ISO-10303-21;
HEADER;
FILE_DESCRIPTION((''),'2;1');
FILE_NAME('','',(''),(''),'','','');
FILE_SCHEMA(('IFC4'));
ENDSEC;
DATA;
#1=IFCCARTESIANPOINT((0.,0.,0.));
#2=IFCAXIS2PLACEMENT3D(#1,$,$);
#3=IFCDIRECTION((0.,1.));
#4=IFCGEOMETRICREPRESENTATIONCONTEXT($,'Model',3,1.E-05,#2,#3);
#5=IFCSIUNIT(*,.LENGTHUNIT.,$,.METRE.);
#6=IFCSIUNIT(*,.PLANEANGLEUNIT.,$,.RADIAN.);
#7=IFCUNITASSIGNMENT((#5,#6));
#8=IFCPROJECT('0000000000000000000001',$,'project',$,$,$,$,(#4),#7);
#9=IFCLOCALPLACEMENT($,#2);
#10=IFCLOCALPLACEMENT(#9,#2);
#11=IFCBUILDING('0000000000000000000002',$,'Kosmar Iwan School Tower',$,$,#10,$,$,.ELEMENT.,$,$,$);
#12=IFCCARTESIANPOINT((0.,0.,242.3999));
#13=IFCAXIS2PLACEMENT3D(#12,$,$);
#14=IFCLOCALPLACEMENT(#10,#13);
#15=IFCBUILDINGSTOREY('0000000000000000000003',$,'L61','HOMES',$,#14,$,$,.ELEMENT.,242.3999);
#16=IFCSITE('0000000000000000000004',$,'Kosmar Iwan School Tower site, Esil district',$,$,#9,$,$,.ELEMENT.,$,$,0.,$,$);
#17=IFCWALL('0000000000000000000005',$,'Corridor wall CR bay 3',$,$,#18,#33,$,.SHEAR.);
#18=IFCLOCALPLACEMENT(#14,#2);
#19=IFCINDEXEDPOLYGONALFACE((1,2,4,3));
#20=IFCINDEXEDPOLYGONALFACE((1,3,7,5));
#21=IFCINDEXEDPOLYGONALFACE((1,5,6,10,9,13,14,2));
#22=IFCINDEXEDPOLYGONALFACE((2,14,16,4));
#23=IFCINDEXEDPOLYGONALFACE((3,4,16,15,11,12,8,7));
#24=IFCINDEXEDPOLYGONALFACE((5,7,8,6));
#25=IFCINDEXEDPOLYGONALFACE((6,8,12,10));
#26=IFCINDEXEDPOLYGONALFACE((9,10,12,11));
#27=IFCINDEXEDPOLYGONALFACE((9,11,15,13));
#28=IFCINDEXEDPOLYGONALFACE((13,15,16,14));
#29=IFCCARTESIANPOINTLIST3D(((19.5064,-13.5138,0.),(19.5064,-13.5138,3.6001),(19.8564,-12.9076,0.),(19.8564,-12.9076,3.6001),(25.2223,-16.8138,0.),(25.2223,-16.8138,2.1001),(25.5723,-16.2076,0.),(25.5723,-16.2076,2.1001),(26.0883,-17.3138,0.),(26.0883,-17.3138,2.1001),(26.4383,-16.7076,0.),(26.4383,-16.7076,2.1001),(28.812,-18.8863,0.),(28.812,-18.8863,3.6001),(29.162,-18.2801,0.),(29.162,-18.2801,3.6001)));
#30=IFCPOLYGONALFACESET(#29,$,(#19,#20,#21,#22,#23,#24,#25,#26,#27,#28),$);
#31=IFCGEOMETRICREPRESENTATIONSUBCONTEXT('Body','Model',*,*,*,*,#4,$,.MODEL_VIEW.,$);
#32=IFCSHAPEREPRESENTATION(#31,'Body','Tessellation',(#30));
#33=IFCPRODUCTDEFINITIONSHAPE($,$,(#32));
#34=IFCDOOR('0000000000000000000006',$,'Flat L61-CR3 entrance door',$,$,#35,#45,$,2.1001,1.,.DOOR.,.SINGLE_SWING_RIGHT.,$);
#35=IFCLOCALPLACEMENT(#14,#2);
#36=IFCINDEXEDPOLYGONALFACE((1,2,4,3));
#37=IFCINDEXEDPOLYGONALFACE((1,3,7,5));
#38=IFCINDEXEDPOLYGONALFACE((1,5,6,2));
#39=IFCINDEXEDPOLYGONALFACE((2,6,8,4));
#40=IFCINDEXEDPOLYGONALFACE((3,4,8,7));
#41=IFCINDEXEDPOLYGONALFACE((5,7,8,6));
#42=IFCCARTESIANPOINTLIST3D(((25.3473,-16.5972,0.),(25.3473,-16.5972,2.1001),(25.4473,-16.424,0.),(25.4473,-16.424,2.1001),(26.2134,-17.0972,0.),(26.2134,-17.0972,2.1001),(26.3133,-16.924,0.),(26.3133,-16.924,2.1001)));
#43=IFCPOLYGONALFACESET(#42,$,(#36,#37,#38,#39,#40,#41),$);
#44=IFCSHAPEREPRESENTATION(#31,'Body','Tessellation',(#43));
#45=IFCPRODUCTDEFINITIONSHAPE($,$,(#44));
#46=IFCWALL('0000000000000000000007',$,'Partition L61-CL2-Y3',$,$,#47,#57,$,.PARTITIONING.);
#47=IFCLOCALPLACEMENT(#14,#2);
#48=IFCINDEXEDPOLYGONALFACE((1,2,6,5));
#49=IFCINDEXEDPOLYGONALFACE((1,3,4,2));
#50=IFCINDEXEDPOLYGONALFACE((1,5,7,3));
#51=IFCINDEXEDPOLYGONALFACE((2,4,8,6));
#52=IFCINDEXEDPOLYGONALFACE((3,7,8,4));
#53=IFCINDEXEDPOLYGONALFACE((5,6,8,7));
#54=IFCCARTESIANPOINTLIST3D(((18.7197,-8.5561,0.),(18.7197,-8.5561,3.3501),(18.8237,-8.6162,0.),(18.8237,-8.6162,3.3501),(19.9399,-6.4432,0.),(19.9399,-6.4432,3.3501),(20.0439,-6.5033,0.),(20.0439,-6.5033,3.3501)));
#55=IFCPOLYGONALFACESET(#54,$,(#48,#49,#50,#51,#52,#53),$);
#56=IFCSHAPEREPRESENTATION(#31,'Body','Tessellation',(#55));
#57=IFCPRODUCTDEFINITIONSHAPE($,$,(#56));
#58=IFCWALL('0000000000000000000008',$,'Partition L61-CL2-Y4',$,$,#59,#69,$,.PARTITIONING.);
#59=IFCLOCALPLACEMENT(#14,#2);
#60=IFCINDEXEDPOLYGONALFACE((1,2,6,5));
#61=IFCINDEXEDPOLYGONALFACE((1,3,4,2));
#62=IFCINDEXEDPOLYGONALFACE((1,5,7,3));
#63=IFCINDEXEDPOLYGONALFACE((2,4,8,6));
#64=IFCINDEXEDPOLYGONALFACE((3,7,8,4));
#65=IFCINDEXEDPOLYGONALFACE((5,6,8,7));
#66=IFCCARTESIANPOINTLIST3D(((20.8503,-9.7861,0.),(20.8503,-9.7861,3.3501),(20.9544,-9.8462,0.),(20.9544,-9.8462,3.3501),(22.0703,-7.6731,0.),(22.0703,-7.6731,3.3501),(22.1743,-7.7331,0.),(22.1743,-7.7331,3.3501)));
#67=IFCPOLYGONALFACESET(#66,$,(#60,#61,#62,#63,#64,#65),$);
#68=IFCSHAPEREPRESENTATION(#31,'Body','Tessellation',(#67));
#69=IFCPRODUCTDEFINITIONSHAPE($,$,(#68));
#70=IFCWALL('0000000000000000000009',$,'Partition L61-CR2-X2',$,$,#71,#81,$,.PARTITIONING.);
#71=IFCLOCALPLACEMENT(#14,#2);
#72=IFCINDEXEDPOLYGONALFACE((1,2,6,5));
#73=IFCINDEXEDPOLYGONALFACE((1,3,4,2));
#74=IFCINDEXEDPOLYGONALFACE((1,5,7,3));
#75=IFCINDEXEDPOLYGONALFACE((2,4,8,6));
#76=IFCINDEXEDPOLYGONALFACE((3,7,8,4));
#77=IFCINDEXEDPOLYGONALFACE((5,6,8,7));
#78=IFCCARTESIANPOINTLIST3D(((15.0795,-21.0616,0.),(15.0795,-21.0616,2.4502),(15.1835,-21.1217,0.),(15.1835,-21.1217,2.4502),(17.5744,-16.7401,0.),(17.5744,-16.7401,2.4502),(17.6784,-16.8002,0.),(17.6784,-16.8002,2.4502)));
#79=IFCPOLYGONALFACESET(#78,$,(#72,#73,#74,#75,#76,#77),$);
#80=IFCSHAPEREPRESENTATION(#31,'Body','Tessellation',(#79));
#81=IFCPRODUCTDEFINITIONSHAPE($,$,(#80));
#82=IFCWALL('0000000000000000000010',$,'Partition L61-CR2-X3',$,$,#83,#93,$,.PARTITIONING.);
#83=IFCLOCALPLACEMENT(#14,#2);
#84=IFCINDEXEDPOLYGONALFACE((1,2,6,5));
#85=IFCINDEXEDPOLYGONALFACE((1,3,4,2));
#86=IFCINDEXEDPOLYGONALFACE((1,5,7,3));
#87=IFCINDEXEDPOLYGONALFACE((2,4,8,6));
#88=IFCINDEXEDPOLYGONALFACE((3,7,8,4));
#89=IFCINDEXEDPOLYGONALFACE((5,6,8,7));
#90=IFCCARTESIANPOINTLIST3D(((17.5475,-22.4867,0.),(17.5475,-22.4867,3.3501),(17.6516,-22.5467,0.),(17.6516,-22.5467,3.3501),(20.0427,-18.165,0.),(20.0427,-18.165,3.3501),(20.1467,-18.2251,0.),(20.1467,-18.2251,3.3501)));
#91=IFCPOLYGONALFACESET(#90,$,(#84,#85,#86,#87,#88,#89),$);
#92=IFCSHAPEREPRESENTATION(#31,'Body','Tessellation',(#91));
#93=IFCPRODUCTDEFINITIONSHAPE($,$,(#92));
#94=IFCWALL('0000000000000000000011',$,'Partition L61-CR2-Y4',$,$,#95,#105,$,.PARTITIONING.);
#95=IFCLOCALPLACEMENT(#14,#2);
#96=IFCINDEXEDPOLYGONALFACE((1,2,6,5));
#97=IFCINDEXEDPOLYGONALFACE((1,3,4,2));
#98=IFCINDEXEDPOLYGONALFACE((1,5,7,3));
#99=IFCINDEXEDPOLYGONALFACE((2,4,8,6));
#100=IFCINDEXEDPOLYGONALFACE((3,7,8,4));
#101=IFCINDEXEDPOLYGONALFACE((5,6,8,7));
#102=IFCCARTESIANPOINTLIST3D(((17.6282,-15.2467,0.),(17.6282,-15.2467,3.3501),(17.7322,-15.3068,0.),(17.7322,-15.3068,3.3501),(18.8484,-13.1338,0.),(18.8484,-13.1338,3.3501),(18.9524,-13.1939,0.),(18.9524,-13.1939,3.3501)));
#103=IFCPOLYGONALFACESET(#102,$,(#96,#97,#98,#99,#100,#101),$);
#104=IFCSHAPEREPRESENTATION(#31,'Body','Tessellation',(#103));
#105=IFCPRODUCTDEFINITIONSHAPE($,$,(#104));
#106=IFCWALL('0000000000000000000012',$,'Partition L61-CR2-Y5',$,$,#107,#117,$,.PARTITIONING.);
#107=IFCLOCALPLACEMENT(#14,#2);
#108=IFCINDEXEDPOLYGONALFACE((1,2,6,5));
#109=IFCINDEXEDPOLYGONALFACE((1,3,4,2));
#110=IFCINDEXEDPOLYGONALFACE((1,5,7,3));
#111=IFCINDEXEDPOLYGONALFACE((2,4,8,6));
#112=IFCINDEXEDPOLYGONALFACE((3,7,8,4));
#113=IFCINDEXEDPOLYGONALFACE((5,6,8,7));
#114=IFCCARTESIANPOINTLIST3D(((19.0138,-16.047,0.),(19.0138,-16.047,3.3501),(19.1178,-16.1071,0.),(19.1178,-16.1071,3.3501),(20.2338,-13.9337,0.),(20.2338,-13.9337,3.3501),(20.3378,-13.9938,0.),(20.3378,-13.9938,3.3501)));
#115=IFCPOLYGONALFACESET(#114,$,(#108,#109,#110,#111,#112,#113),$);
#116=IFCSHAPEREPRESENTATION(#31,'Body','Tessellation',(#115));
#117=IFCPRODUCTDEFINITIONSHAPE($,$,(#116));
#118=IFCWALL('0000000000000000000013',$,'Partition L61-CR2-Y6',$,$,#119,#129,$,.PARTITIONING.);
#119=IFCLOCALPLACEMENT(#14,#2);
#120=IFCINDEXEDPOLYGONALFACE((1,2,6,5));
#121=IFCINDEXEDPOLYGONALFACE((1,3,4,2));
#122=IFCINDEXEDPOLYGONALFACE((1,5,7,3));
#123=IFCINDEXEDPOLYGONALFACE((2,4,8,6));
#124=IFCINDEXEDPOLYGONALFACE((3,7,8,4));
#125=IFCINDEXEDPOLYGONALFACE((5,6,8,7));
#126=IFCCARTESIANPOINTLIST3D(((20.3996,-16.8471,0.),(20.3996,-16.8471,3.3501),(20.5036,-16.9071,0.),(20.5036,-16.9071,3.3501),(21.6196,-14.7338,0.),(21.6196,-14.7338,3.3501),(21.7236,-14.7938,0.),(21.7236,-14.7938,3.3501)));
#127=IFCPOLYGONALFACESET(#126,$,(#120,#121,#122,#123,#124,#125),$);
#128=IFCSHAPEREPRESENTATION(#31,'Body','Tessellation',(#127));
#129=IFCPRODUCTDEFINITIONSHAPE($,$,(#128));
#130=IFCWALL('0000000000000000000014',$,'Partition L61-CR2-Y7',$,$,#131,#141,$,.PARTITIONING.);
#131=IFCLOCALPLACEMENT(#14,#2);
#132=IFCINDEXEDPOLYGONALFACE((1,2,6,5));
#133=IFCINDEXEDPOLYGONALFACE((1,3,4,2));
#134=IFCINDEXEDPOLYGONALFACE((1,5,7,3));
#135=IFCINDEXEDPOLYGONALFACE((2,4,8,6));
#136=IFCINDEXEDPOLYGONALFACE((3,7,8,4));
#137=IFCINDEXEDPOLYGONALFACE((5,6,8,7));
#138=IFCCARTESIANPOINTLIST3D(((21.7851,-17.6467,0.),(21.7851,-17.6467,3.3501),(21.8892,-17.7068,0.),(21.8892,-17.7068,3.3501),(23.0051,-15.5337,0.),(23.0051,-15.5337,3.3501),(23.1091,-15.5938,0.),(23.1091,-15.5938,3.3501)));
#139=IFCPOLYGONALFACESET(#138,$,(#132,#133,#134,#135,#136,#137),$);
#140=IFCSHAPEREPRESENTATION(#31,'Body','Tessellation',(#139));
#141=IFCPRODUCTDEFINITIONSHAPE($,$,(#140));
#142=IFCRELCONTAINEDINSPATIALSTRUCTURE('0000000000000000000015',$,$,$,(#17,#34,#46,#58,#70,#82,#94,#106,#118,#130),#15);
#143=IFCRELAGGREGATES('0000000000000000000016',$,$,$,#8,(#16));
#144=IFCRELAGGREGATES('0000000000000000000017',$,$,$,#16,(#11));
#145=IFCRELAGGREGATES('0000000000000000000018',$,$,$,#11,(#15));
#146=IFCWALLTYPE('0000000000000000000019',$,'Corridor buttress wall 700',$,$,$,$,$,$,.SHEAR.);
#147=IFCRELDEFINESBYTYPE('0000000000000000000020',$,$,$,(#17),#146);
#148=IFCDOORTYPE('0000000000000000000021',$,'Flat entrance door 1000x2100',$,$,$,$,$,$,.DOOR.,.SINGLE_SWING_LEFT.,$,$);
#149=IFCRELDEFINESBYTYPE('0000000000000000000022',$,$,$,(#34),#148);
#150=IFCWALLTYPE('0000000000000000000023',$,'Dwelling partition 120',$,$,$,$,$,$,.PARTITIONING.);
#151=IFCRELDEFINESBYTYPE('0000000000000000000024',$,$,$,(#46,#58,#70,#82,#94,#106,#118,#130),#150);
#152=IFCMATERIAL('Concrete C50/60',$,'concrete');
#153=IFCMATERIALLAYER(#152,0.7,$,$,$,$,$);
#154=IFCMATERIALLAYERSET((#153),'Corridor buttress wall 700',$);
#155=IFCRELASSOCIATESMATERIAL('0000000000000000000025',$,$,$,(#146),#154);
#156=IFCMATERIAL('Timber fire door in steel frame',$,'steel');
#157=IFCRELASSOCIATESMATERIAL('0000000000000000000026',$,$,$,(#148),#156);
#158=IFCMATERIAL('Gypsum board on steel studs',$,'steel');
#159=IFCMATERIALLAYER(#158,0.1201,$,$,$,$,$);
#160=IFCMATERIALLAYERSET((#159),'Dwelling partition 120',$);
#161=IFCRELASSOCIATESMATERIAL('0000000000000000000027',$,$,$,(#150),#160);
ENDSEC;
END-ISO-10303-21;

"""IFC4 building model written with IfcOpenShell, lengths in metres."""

from ifc_helpers import new_model, si_unit, direction, frame, frame_2d, origin, place, context, subcontext, project, spatial, rectangle, extrude, material, layer, layer_set, type_object, element, fill, save


model = new_model("IFC4")

# Units and contexts
model_context = context("Model", 3, precision=1e-05, world=origin(), true_north=direction((0.0, 1.0)))
body_context = subcontext(model_context, "Body", "Model", "MODEL_VIEW")
ifc_project = project(units=[si_unit("LENGTHUNIT", "METRE"), si_unit("PLANEANGLEUNIT", "RADIAN")], contexts=[model_context])

# Site, building, storey
site_placement = place(None, origin())
site = spatial("IfcSite", under=ifc_project, at=site_placement, Name="Kosmar Iwan School Tower site, Esil district", CompositionType="ELEMENT", RefElevation=0.0)
building_placement = place(site_placement, origin())
building = spatial("IfcBuilding", under=site, at=building_placement, Name="Kosmar Iwan School Tower", CompositionType="ELEMENT")
storey_placement = place(building_placement, frame((0.0, 0.0, 242.3999)))
storey = spatial("IfcBuildingStorey", under=building, at=storey_placement, Name="L61", Description="HOMES", CompositionType="ELEMENT", Elevation=242.3999)

# Shared definitions
ifc_material_1 = material(Name="Concrete C50/60", Category="concrete")
ifc_layer_1 = layer(ifc_material_1, 0.7)
ifc_layer_set_1 = layer_set([ifc_layer_1], Name="Corridor buttress wall 700")
wall_type_1 = type_object("IfcWallType", Name="Corridor buttress wall 700", PredefinedType="SHEAR", material=ifc_layer_set_1)
ifc_material_2 = material(Name="Timber fire door in steel frame", Category="steel")
door_type_1 = type_object("IfcDoorType", Name="Flat entrance door 1000x2100", OperationType="SINGLE_SWING_LEFT", PredefinedType="DOOR", material=ifc_material_2)

# Wall, opening, door
wall_1_placement = place(storey_placement, frame((19.6814, -13.2107, 0.0), z_axis=(0.0, 0.0, 1.0), x_axis=(0.866028, -0.499995, 0.0)))
wall_1 = element("IfcWall", 1, at=wall_1_placement, inside=storey, type_object=wall_type_1, Name="Corridor wall CR bay 3", PredefinedType="SHEAR", context=body_context, shape_type="SweptSolid", body=[
    extrude(rectangle(XDim=10.7451, YDim=0.7, at=frame_2d((5.3726, 0.0))), origin(), (0.0, 0.0, 1.0), 3.6001),
])
opening_1_placement = place(wall_1_placement, frame((6.6001, 0.0, 0.0)))
opening_1 = element("IfcOpeningElement", 2, at=opening_1_placement, cuts=wall_1, PredefinedType="OPENING", context=body_context, shape_type="SweptSolid", body=[
    extrude(rectangle(XDim=1.0, YDim=2.1001, at=frame_2d((0.5, 1.05))), frame((0.0, 0.3621, 0.0), z_axis=(0.0, -1.0, 0.0), x_axis=(1.0, 0.0, 0.0)), (0.0, 0.0, 1.0), 0.7239),
])
door_1_placement = place(opening_1_placement, origin())
door_1 = element("IfcDoor", 3, at=door_1_placement, inside=storey, type_object=door_type_1, Name="Flat L61-CR3 entrance door", OperationType="SINGLE_SWING_RIGHT", OverallHeight=2.1001, OverallWidth=1.0, PredefinedType="DOOR", context=body_context, shape_type="SweptSolid", body=[
    extrude(rectangle(XDim=1.0, YDim=2.1001, at=frame_2d((0.5, 1.05))), frame((0.0, 0.1001, 0.0), z_axis=(0.0, -1.0, 0.0), x_axis=(1.0, 0.0, 0.0)), (0.0, 0.0, 1.0), 0.2),
])
fill(opening_1, door_1)

# Walls
ifc_material_3 = material(Name="Gypsum board on steel studs", Category="steel")
ifc_layer_2 = layer(ifc_material_3, 0.1201)
ifc_layer_set_2 = layer_set([ifc_layer_2], Name="Dwelling partition 120")
wall_type_2 = type_object("IfcWallType", Name="Dwelling partition 120", PredefinedType="PARTITIONING", material=ifc_layer_set_2)
for number, where, z_axis, x_axis, name in (
    (4, (18.7717, -8.5862, 0.0), (0.0, 0.0, 1.0), (0.500078, 0.865981, 0.0), "Partition L61-CL2-Y3"),
    (5, (20.9023, -9.8162, 0.0), (0.0, 0.0, 1.0), (0.500003, 0.866024, 0.0), "Partition L61-CL2-Y4"),
):
    element("IfcWall", number, at=place(storey_placement, frame(where, z_axis=z_axis, x_axis=x_axis)), inside=storey, type_object=wall_type_2, Name=name, PredefinedType="PARTITIONING", context=body_context, shape_type="SweptSolid", body=[
        extrude(rectangle(XDim=2.4399, YDim=0.1201, at=frame_2d((1.22, 0.0))), origin(), (0.0, 0.0, 1.0), 3.3501),
    ])
wall_2_placement = place(storey_placement, frame((17.6265, -16.77, 0.0), z_axis=(0.0, 0.0, 1.0), x_axis=(-0.499975, -0.86604, 0.0)))
element("IfcWall", 6, at=wall_2_placement, inside=storey, type_object=wall_type_2, Name="Partition L61-CR2-X2", PredefinedType="PARTITIONING", context=body_context, shape_type="SweptSolid", body=[
    extrude(rectangle(XDim=4.99, YDim=0.1201, at=frame_2d((2.4951, 0.0))), origin(), (0.0, 0.0, 1.0), 2.4502),
])
wall_3_placement = place(storey_placement, frame((20.0947, -18.1951, 0.0), z_axis=(0.0, 0.0, 1.0), x_axis=(-0.500012, -0.866019, 0.0)))
element("IfcWall", 7, at=wall_3_placement, inside=storey, type_object=wall_type_2, Name="Partition L61-CR2-X3", PredefinedType="PARTITIONING", context=body_context, shape_type="SweptSolid", body=[
    extrude(rectangle(XDim=4.9902, YDim=0.1201, at=frame_2d((2.4951, 0.0))), origin(), (0.0, 0.0, 1.0), 3.3501),
])
wall_4_placement = place(storey_placement, frame((18.9004, -13.1638, 0.0), z_axis=(0.0, 0.0, 1.0), x_axis=(-0.500078, -0.865981, 0.0)))
element("IfcWall", 8, at=wall_4_placement, inside=storey, type_object=wall_type_2, Name="Partition L61-CR2-Y4", PredefinedType="PARTITIONING", context=body_context, shape_type="SweptSolid", body=[
    extrude(rectangle(XDim=2.4399, YDim=0.1201, at=frame_2d((1.22, 0.0))), origin(), (0.0, 0.0, 1.0), 3.3501),
])
for number, where, z_axis, x_axis, name in (
    (9, (20.2859, -13.9636, 0.0), (0.0, 0.0, 1.0), (-0.499959, -0.866049, 0.0), "Partition L61-CR2-Y5"),
    (10, (21.6716, -14.7637, 0.0), (0.0, 0.0, 1.0), (-0.499959, -0.866049, 0.0), "Partition L61-CR2-Y6"),
):
    element("IfcWall", number, at=place(storey_placement, frame(where, z_axis=z_axis, x_axis=x_axis)), inside=storey, type_object=wall_type_2, Name=name, PredefinedType="PARTITIONING", context=body_context, shape_type="SweptSolid", body=[
        extrude(rectangle(XDim=2.4402, YDim=0.1201, at=frame_2d((1.2202, 0.0))), origin(), (0.0, 0.0, 1.0), 3.3501),
    ])
wall_5_placement = place(storey_placement, frame((23.0571, -15.5637, 0.0), z_axis=(0.0, 0.0, 1.0), x_axis=(-0.500003, -0.866024, 0.0)))
element("IfcWall", 11, at=wall_5_placement, inside=storey, type_object=wall_type_2, Name="Partition L61-CR2-Y7", PredefinedType="PARTITIONING", context=body_context, shape_type="SweptSolid", body=[
    extrude(rectangle(XDim=2.4399, YDim=0.1201, at=frame_2d((1.22, 0.0))), origin(), (0.0, 0.0, 1.0), 3.3501),
])

save(model, "model.ifc")
